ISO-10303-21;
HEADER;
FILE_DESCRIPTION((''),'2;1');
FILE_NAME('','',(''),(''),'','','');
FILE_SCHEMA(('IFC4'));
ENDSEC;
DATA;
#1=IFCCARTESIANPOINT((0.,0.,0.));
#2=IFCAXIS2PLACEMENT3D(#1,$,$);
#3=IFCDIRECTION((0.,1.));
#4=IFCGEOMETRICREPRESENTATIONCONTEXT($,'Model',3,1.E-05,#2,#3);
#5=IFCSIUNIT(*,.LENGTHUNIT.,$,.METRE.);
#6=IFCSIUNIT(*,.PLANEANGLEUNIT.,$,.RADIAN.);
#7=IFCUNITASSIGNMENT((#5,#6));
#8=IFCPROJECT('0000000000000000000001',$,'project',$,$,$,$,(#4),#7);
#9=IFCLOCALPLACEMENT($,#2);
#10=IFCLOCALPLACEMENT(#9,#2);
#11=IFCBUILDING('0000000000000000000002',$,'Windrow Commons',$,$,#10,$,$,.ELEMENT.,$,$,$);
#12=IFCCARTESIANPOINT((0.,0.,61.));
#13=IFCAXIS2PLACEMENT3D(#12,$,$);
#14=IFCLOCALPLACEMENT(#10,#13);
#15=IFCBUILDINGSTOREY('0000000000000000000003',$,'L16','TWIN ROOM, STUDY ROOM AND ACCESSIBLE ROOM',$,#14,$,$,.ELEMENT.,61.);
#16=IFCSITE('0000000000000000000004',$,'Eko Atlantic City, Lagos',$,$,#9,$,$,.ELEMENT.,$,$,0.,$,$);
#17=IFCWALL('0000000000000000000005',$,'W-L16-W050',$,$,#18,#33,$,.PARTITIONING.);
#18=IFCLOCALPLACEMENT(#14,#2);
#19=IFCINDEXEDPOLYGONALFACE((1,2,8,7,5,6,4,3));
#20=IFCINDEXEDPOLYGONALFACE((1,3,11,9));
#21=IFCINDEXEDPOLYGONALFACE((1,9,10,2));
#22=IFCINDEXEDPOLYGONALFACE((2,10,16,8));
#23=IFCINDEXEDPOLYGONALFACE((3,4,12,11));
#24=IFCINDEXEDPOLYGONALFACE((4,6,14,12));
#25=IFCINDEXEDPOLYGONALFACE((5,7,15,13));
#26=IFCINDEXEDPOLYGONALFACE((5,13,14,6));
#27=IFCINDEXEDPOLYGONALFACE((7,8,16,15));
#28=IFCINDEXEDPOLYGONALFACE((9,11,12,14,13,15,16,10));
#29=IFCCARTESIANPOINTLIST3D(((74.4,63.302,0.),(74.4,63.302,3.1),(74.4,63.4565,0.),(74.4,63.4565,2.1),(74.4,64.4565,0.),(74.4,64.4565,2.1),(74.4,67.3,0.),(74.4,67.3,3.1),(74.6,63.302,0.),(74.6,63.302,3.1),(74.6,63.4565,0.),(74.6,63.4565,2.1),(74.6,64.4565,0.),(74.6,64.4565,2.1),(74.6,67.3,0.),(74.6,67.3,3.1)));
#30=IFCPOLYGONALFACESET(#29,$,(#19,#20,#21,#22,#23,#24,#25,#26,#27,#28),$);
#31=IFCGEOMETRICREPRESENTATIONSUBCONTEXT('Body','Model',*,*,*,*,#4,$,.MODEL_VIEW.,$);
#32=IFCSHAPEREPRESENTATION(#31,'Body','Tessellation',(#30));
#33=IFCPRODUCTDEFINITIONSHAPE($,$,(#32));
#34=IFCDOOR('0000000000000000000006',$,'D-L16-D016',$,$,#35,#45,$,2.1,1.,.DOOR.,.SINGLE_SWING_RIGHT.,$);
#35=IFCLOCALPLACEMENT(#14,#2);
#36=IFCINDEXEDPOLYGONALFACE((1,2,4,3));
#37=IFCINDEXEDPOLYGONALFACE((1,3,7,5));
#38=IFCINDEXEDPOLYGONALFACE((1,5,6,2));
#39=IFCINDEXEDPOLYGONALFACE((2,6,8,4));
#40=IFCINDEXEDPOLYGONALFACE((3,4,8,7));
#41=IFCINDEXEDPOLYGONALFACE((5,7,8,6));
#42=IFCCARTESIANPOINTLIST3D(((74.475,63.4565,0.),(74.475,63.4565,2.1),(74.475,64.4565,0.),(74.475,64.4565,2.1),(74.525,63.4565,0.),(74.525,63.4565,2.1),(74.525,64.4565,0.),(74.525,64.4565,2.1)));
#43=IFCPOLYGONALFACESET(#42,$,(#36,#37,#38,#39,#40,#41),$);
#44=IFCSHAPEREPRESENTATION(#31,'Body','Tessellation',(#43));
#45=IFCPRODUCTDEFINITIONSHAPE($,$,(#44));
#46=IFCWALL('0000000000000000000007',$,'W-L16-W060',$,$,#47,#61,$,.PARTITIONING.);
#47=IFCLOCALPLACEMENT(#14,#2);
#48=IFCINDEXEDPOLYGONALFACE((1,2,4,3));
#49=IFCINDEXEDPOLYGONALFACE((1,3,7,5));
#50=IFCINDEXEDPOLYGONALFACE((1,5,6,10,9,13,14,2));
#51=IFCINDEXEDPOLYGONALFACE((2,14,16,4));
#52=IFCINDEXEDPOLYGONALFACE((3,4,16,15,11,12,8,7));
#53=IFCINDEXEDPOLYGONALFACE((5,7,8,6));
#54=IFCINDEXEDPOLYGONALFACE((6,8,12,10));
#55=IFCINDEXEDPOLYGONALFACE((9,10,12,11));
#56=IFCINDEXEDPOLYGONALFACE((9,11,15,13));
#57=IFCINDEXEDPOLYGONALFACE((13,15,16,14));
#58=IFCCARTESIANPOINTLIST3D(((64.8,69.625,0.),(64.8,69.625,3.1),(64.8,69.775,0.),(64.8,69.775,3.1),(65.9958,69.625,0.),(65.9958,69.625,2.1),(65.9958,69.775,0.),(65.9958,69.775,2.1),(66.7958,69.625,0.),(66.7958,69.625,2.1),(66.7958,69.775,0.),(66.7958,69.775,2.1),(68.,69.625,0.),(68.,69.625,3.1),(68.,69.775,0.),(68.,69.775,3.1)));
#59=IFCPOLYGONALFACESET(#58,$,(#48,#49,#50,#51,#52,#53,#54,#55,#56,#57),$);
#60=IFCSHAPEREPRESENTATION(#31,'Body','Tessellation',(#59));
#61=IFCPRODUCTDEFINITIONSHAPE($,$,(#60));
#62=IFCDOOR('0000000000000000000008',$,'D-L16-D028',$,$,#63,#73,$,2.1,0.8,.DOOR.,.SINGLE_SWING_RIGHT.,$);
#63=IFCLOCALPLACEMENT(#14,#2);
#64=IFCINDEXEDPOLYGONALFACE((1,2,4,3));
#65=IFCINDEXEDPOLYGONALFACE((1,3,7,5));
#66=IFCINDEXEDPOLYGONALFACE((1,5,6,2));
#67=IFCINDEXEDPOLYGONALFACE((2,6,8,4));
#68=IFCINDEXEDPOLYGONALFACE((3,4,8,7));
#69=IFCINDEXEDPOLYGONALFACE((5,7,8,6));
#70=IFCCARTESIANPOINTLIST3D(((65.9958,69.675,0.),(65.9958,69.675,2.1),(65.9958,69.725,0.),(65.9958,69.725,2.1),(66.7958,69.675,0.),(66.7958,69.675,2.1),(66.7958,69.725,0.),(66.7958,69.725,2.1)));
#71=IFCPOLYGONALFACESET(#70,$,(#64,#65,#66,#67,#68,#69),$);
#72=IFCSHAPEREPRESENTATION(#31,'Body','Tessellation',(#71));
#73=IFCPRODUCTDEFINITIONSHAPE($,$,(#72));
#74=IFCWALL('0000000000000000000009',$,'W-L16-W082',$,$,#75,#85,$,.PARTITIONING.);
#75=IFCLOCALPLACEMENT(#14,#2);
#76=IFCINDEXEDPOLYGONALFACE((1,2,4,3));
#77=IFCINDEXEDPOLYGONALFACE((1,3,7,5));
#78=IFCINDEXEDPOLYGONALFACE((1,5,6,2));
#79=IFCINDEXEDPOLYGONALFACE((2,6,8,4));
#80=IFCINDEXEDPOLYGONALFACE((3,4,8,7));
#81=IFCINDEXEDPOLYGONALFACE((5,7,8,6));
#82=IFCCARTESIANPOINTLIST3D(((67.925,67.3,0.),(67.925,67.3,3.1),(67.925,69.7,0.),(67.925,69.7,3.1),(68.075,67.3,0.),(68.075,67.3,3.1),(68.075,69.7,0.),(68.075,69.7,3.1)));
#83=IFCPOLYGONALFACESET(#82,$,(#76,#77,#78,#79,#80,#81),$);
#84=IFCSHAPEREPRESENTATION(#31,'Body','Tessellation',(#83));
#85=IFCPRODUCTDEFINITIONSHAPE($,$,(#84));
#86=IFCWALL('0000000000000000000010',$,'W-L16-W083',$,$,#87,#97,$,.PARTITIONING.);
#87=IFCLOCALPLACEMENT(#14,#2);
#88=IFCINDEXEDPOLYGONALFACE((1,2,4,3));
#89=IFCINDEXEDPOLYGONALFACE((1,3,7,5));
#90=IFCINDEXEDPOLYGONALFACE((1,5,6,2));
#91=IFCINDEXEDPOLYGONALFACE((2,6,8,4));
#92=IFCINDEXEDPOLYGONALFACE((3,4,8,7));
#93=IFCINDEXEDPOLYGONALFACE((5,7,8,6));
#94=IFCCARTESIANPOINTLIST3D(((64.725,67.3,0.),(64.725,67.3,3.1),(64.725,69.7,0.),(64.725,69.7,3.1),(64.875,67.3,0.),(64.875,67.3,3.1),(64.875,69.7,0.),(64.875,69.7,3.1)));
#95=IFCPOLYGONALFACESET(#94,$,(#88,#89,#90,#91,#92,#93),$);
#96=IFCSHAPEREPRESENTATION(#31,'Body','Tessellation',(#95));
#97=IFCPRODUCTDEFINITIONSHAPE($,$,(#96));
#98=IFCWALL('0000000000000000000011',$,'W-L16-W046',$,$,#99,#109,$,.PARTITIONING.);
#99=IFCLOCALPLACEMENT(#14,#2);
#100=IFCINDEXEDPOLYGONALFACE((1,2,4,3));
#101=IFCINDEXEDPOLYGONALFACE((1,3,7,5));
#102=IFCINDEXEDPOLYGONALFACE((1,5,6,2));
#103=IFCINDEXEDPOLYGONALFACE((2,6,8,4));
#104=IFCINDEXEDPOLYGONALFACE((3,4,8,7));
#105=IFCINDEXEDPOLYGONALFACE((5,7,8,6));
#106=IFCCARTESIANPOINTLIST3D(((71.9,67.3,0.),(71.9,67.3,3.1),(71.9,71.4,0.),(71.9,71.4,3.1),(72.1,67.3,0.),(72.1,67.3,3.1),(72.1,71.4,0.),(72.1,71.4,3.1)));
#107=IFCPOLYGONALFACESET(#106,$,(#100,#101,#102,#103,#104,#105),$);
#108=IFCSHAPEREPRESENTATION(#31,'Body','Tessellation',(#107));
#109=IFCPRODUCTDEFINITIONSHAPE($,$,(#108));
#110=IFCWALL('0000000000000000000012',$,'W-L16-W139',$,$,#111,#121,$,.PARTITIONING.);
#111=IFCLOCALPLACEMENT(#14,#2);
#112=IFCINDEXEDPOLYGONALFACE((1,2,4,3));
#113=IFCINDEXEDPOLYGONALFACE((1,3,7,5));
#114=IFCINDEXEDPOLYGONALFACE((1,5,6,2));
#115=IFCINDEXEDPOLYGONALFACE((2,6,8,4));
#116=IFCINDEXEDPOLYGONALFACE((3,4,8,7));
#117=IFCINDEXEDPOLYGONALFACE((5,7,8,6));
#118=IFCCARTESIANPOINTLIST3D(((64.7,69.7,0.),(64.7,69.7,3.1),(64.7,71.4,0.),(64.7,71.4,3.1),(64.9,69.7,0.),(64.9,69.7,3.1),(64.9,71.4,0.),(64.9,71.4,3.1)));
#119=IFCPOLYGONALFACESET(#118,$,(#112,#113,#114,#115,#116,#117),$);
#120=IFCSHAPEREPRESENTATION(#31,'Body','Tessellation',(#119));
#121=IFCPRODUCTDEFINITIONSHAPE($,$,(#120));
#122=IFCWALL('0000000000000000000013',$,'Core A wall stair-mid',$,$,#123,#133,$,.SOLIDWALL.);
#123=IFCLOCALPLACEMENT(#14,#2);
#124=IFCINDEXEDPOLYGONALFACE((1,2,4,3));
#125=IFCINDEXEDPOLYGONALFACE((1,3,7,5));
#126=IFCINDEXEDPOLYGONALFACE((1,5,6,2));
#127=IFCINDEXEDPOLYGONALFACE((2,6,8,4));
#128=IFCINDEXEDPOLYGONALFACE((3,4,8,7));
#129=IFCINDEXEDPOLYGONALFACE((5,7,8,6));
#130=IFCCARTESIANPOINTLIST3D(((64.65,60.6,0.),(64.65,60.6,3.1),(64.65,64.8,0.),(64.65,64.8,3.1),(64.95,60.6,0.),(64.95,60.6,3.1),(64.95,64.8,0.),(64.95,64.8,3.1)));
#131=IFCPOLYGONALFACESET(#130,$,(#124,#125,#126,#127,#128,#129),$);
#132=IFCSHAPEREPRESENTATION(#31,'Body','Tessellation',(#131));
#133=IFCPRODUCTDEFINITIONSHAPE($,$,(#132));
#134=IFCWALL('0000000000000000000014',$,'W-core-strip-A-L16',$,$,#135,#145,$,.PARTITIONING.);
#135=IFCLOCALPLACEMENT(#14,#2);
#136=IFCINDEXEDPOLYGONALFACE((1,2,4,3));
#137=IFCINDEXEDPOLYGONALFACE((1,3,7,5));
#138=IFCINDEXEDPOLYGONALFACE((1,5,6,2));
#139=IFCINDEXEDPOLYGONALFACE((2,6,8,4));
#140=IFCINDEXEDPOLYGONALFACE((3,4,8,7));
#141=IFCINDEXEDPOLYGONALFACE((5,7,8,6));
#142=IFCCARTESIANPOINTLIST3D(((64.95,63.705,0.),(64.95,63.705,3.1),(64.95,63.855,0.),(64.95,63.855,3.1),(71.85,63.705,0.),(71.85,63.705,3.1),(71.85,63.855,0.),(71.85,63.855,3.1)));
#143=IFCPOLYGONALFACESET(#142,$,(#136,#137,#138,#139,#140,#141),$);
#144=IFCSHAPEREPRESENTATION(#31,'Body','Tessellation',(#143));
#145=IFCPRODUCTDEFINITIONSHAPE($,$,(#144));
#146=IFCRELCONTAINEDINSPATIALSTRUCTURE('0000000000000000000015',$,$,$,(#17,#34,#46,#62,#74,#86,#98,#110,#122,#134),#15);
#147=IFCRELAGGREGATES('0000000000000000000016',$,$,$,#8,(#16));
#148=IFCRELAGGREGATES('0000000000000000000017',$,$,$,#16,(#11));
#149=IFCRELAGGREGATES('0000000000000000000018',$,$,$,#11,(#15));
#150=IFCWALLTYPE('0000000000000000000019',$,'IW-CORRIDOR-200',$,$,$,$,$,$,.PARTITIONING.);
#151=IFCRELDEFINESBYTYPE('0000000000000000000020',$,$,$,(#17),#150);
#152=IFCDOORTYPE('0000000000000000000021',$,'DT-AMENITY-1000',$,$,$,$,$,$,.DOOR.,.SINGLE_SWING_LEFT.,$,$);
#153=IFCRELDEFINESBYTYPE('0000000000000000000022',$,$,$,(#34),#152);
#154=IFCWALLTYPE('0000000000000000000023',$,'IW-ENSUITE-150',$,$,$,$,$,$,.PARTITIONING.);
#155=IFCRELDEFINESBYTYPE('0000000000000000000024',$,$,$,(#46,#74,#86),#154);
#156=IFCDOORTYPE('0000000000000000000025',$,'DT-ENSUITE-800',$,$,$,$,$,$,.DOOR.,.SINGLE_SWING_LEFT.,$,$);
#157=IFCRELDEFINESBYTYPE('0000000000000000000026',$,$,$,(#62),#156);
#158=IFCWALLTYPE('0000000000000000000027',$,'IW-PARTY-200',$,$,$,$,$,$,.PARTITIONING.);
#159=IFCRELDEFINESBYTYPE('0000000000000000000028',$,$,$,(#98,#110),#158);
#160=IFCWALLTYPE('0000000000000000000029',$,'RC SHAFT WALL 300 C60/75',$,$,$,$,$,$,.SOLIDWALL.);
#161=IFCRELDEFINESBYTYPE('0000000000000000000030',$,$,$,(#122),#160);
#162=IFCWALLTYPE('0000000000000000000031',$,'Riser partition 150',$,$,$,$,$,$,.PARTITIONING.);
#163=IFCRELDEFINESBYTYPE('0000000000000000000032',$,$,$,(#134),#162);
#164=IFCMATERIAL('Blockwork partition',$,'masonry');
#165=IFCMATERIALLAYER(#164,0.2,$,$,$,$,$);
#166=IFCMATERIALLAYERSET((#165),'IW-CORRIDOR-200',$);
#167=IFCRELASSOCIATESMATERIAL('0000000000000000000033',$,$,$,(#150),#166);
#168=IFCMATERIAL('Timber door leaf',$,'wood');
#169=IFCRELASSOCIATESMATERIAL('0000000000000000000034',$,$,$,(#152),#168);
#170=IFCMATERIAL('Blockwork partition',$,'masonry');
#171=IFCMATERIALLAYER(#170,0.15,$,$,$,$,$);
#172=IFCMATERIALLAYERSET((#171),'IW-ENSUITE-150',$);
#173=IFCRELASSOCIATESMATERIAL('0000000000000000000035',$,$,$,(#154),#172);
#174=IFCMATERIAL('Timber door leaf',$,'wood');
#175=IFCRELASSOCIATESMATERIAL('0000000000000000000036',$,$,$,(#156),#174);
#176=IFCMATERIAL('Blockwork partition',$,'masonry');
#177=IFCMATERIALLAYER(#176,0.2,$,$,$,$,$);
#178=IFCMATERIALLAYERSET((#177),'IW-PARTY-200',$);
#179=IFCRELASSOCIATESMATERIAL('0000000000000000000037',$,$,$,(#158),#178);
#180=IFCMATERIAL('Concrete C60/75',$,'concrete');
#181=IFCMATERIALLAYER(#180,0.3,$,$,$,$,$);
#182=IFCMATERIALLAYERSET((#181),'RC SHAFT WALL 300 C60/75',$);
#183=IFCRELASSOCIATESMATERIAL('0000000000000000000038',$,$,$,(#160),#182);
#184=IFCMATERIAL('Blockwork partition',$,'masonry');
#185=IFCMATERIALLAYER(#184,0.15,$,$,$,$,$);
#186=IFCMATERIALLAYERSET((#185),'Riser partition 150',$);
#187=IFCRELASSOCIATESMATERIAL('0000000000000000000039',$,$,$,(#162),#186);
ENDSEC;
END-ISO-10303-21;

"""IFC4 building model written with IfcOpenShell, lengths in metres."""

from ifc_helpers import new_model, si_unit, direction, frame, frame_2d, origin, place, context, subcontext, project, spatial, rectangle, extrude, material, layer, layer_set, type_object, element, fill, save


model = new_model("IFC4")

# Units and contexts
model_context = context("Model", 3, precision=1e-05, world=origin(), true_north=direction((0.0, 1.0)))
body_context = subcontext(model_context, "Body", "Model", "MODEL_VIEW")
ifc_project = project(units=[si_unit("LENGTHUNIT", "METRE"), si_unit("PLANEANGLEUNIT", "RADIAN")], contexts=[model_context])

# Site, building, storey
site_placement = place(None, origin())
site = spatial("IfcSite", under=ifc_project, at=site_placement, Name="Eko Atlantic City, Lagos", CompositionType="ELEMENT", RefElevation=0.0)
building_placement = place(site_placement, origin())
building = spatial("IfcBuilding", under=site, at=building_placement, Name="Windrow Commons", CompositionType="ELEMENT")
storey_placement = place(building_placement, frame((0.0, 0.0, 61.0)))
storey = spatial("IfcBuildingStorey", under=building, at=storey_placement, Name="L16", Description="TWIN ROOM, STUDY ROOM AND ACCESSIBLE ROOM", CompositionType="ELEMENT", Elevation=61.0)

# Shared definitions
ifc_material_1 = material(Name="Blockwork partition", Category="masonry")
ifc_layer_1 = layer(ifc_material_1, 0.2)
ifc_layer_set_1 = layer_set([ifc_layer_1], Name="IW-CORRIDOR-200")
wall_type_1 = type_object("IfcWallType", Name="IW-CORRIDOR-200", PredefinedType="PARTITIONING", material=ifc_layer_set_1)

# Walls, openings, doors
wall_1_placement = place(storey_placement, frame((74.5, 63.302, 0.0), z_axis=(0.0, 0.0, 1.0), x_axis=(0.0, 1.0, 0.0)))
wall_1 = element("IfcWall", 1, at=wall_1_placement, inside=storey, type_object=wall_type_1, Name="W-L16-W050", PredefinedType="PARTITIONING", context=body_context, shape_type="SweptSolid", body=[
    extrude(rectangle(XDim=3.998, YDim=0.2, at=frame_2d((1.999, 0.0))), origin(), (0.0, 0.0, 1.0), 3.1),
])
opening_1_placement = place(wall_1_placement, frame((0.1545, 0.0, 0.0)))
opening_1 = element("IfcOpeningElement", 2, at=opening_1_placement, cuts=wall_1, PredefinedType="OPENING", context=body_context, shape_type="SweptSolid", body=[
    extrude(rectangle(XDim=1.0, YDim=2.1, at=frame_2d((0.5, 1.05))), frame((0.0, 0.11, 0.0), z_axis=(0.0, -1.0, 0.0), x_axis=(1.0, 0.0, 0.0)), (0.0, 0.0, 1.0), 0.22),
])
ifc_material_2 = material(Name="Timber door leaf", Category="wood")
door_type_1 = type_object("IfcDoorType", Name="DT-AMENITY-1000", OperationType="SINGLE_SWING_LEFT", PredefinedType="DOOR", material=ifc_material_2)
door_1_placement = place(opening_1_placement, origin())
door_1 = element("IfcDoor", 3, at=door_1_placement, inside=storey, type_object=door_type_1, Name="D-L16-D016", OperationType="SINGLE_SWING_RIGHT", OverallHeight=2.1, OverallWidth=1.0, PredefinedType="DOOR", context=body_context, shape_type="SweptSolid", body=[
    extrude(rectangle(XDim=1.0, YDim=2.1, at=frame_2d((0.5, 1.05))), frame((0.0, 0.025, 0.0), z_axis=(0.0, -1.0, 0.0), x_axis=(1.0, 0.0, 0.0)), (0.0, 0.0, 1.0), 0.05),
])
fill(opening_1, door_1)
ifc_material_3 = material(Name="Blockwork partition", Category="masonry")
ifc_layer_2 = layer(ifc_material_3, 0.15)
ifc_layer_set_2 = layer_set([ifc_layer_2], Name="IW-ENSUITE-150")
wall_type_2 = type_object("IfcWallType", Name="IW-ENSUITE-150", PredefinedType="PARTITIONING", material=ifc_layer_set_2)
wall_2_placement = place(storey_placement, frame((64.8, 69.7, 0.0), z_axis=(0.0, 0.0, 1.0), x_axis=(1.0, 0.0, 0.0)))
wall_2 = element("IfcWall", 4, at=wall_2_placement, inside=storey, type_object=wall_type_2, Name="W-L16-W060", PredefinedType="PARTITIONING", context=body_context, shape_type="SweptSolid", body=[
    extrude(rectangle(XDim=3.2, YDim=0.15, at=frame_2d((1.6, 0.0))), origin(), (0.0, 0.0, 1.0), 3.1),
])
opening_2_placement = place(wall_2_placement, frame((1.1958, 0.0, 0.0)))
opening_2 = element("IfcOpeningElement", 5, at=opening_2_placement, cuts=wall_2, PredefinedType="OPENING", context=body_context, shape_type="SweptSolid", body=[
    extrude(rectangle(XDim=0.8, YDim=2.1, at=frame_2d((0.4, 1.05))), frame((0.0, 0.085, 0.0), z_axis=(0.0, -1.0, 0.0), x_axis=(1.0, 0.0, 0.0)), (0.0, 0.0, 1.0), 0.17),
])
ifc_material_4 = material(Name="Timber door leaf", Category="wood")
door_type_2 = type_object("IfcDoorType", Name="DT-ENSUITE-800", OperationType="SINGLE_SWING_LEFT", PredefinedType="DOOR", material=ifc_material_4)
door_2_placement = place(opening_2_placement, origin())
door_2 = element("IfcDoor", 6, at=door_2_placement, inside=storey, type_object=door_type_2, Name="D-L16-D028", OperationType="SINGLE_SWING_RIGHT", OverallHeight=2.1, OverallWidth=0.8, PredefinedType="DOOR", context=body_context, shape_type="SweptSolid", body=[
    extrude(rectangle(XDim=0.8, YDim=2.1, at=frame_2d((0.4, 1.05))), frame((0.0, 0.025, 0.0), z_axis=(0.0, -1.0, 0.0), x_axis=(1.0, 0.0, 0.0)), (0.0, 0.0, 1.0), 0.05),
])
fill(opening_2, door_2)

# Walls
for number, where, z_axis, x_axis, name in (
    (7, (68.0, 67.3, 0.0), (0.0, 0.0, 1.0), (0.0, 1.0, 0.0), "W-L16-W082"),
    (8, (64.8, 67.3, 0.0), (0.0, 0.0, 1.0), (0.0, 1.0, 0.0), "W-L16-W083"),
):
    element("IfcWall", number, at=place(storey_placement, frame(where, z_axis=z_axis, x_axis=x_axis)), inside=storey, type_object=wall_type_2, Name=name, PredefinedType="PARTITIONING", context=body_context, shape_type="SweptSolid", body=[
        extrude(rectangle(XDim=2.4, YDim=0.15, at=frame_2d((1.2, 0.0))), origin(), (0.0, 0.0, 1.0), 3.1),
    ])
ifc_material_5 = material(Name="Blockwork partition", Category="masonry")
ifc_layer_3 = layer(ifc_material_5, 0.2)
ifc_layer_set_3 = layer_set([ifc_layer_3], Name="IW-PARTY-200")
wall_type_3 = type_object("IfcWallType", Name="IW-PARTY-200", PredefinedType="PARTITIONING", material=ifc_layer_set_3)
wall_3_placement = place(storey_placement, frame((72.0, 67.3, 0.0), z_axis=(0.0, 0.0, 1.0), x_axis=(0.0, 1.0, 0.0)))
element("IfcWall", 9, at=wall_3_placement, inside=storey, type_object=wall_type_3, Name="W-L16-W046", PredefinedType="PARTITIONING", context=body_context, shape_type="SweptSolid", body=[
    extrude(rectangle(XDim=4.1, YDim=0.2, at=frame_2d((2.05, 0.0))), origin(), (0.0, 0.0, 1.0), 3.1),
])
wall_4_placement = place(storey_placement, frame((64.8, 69.7, 0.0), z_axis=(0.0, 0.0, 1.0), x_axis=(0.0, 1.0, 0.0)))
element("IfcWall", 10, at=wall_4_placement, inside=storey, type_object=wall_type_3, Name="W-L16-W139", PredefinedType="PARTITIONING", context=body_context, shape_type="SweptSolid", body=[
    extrude(rectangle(XDim=1.7, YDim=0.2, at=frame_2d((0.85, 0.0))), origin(), (0.0, 0.0, 1.0), 3.1),
])
ifc_material_6 = material(Name="Concrete C60/75", Category="concrete")
ifc_layer_4 = layer(ifc_material_6, 0.3)
ifc_layer_set_4 = layer_set([ifc_layer_4], Name="RC SHAFT WALL 300 C60/75")
wall_type_4 = type_object("IfcWallType", Name="RC SHAFT WALL 300 C60/75", PredefinedType="SOLIDWALL", material=ifc_layer_set_4)
wall_5_placement = place(storey_placement, frame((64.8, 60.6, 0.0), z_axis=(0.0, 0.0, 1.0), x_axis=(0.0, 1.0, 0.0)))
element("IfcWall", 11, at=wall_5_placement, inside=storey, type_object=wall_type_4, Name="Core A wall stair-mid", PredefinedType="SOLIDWALL", context=body_context, shape_type="SweptSolid", body=[
    extrude(rectangle(XDim=4.2, YDim=0.3, at=frame_2d((2.1, 0.0))), origin(), (0.0, 0.0, 1.0), 3.1),
])
ifc_material_7 = material(Name="Blockwork partition", Category="masonry")
ifc_layer_5 = layer(ifc_material_7, 0.15)
ifc_layer_set_5 = layer_set([ifc_layer_5], Name="Riser partition 150")
wall_type_5 = type_object("IfcWallType", Name="Riser partition 150", PredefinedType="PARTITIONING", material=ifc_layer_set_5)
wall_6_placement = place(storey_placement, frame((64.95, 63.78, 0.0), z_axis=(0.0, 0.0, 1.0), x_axis=(1.0, 0.0, 0.0)))
element("IfcWall", 12, at=wall_6_placement, inside=storey, type_object=wall_type_5, Name="W-core-strip-A-L16", PredefinedType="PARTITIONING", context=body_context, shape_type="SweptSolid", body=[
    extrude(rectangle(XDim=6.9, YDim=0.15, at=frame_2d((3.45, 0.0))), origin(), (0.0, 0.0, 1.0), 3.1),
])

save(model, "model.ifc")
